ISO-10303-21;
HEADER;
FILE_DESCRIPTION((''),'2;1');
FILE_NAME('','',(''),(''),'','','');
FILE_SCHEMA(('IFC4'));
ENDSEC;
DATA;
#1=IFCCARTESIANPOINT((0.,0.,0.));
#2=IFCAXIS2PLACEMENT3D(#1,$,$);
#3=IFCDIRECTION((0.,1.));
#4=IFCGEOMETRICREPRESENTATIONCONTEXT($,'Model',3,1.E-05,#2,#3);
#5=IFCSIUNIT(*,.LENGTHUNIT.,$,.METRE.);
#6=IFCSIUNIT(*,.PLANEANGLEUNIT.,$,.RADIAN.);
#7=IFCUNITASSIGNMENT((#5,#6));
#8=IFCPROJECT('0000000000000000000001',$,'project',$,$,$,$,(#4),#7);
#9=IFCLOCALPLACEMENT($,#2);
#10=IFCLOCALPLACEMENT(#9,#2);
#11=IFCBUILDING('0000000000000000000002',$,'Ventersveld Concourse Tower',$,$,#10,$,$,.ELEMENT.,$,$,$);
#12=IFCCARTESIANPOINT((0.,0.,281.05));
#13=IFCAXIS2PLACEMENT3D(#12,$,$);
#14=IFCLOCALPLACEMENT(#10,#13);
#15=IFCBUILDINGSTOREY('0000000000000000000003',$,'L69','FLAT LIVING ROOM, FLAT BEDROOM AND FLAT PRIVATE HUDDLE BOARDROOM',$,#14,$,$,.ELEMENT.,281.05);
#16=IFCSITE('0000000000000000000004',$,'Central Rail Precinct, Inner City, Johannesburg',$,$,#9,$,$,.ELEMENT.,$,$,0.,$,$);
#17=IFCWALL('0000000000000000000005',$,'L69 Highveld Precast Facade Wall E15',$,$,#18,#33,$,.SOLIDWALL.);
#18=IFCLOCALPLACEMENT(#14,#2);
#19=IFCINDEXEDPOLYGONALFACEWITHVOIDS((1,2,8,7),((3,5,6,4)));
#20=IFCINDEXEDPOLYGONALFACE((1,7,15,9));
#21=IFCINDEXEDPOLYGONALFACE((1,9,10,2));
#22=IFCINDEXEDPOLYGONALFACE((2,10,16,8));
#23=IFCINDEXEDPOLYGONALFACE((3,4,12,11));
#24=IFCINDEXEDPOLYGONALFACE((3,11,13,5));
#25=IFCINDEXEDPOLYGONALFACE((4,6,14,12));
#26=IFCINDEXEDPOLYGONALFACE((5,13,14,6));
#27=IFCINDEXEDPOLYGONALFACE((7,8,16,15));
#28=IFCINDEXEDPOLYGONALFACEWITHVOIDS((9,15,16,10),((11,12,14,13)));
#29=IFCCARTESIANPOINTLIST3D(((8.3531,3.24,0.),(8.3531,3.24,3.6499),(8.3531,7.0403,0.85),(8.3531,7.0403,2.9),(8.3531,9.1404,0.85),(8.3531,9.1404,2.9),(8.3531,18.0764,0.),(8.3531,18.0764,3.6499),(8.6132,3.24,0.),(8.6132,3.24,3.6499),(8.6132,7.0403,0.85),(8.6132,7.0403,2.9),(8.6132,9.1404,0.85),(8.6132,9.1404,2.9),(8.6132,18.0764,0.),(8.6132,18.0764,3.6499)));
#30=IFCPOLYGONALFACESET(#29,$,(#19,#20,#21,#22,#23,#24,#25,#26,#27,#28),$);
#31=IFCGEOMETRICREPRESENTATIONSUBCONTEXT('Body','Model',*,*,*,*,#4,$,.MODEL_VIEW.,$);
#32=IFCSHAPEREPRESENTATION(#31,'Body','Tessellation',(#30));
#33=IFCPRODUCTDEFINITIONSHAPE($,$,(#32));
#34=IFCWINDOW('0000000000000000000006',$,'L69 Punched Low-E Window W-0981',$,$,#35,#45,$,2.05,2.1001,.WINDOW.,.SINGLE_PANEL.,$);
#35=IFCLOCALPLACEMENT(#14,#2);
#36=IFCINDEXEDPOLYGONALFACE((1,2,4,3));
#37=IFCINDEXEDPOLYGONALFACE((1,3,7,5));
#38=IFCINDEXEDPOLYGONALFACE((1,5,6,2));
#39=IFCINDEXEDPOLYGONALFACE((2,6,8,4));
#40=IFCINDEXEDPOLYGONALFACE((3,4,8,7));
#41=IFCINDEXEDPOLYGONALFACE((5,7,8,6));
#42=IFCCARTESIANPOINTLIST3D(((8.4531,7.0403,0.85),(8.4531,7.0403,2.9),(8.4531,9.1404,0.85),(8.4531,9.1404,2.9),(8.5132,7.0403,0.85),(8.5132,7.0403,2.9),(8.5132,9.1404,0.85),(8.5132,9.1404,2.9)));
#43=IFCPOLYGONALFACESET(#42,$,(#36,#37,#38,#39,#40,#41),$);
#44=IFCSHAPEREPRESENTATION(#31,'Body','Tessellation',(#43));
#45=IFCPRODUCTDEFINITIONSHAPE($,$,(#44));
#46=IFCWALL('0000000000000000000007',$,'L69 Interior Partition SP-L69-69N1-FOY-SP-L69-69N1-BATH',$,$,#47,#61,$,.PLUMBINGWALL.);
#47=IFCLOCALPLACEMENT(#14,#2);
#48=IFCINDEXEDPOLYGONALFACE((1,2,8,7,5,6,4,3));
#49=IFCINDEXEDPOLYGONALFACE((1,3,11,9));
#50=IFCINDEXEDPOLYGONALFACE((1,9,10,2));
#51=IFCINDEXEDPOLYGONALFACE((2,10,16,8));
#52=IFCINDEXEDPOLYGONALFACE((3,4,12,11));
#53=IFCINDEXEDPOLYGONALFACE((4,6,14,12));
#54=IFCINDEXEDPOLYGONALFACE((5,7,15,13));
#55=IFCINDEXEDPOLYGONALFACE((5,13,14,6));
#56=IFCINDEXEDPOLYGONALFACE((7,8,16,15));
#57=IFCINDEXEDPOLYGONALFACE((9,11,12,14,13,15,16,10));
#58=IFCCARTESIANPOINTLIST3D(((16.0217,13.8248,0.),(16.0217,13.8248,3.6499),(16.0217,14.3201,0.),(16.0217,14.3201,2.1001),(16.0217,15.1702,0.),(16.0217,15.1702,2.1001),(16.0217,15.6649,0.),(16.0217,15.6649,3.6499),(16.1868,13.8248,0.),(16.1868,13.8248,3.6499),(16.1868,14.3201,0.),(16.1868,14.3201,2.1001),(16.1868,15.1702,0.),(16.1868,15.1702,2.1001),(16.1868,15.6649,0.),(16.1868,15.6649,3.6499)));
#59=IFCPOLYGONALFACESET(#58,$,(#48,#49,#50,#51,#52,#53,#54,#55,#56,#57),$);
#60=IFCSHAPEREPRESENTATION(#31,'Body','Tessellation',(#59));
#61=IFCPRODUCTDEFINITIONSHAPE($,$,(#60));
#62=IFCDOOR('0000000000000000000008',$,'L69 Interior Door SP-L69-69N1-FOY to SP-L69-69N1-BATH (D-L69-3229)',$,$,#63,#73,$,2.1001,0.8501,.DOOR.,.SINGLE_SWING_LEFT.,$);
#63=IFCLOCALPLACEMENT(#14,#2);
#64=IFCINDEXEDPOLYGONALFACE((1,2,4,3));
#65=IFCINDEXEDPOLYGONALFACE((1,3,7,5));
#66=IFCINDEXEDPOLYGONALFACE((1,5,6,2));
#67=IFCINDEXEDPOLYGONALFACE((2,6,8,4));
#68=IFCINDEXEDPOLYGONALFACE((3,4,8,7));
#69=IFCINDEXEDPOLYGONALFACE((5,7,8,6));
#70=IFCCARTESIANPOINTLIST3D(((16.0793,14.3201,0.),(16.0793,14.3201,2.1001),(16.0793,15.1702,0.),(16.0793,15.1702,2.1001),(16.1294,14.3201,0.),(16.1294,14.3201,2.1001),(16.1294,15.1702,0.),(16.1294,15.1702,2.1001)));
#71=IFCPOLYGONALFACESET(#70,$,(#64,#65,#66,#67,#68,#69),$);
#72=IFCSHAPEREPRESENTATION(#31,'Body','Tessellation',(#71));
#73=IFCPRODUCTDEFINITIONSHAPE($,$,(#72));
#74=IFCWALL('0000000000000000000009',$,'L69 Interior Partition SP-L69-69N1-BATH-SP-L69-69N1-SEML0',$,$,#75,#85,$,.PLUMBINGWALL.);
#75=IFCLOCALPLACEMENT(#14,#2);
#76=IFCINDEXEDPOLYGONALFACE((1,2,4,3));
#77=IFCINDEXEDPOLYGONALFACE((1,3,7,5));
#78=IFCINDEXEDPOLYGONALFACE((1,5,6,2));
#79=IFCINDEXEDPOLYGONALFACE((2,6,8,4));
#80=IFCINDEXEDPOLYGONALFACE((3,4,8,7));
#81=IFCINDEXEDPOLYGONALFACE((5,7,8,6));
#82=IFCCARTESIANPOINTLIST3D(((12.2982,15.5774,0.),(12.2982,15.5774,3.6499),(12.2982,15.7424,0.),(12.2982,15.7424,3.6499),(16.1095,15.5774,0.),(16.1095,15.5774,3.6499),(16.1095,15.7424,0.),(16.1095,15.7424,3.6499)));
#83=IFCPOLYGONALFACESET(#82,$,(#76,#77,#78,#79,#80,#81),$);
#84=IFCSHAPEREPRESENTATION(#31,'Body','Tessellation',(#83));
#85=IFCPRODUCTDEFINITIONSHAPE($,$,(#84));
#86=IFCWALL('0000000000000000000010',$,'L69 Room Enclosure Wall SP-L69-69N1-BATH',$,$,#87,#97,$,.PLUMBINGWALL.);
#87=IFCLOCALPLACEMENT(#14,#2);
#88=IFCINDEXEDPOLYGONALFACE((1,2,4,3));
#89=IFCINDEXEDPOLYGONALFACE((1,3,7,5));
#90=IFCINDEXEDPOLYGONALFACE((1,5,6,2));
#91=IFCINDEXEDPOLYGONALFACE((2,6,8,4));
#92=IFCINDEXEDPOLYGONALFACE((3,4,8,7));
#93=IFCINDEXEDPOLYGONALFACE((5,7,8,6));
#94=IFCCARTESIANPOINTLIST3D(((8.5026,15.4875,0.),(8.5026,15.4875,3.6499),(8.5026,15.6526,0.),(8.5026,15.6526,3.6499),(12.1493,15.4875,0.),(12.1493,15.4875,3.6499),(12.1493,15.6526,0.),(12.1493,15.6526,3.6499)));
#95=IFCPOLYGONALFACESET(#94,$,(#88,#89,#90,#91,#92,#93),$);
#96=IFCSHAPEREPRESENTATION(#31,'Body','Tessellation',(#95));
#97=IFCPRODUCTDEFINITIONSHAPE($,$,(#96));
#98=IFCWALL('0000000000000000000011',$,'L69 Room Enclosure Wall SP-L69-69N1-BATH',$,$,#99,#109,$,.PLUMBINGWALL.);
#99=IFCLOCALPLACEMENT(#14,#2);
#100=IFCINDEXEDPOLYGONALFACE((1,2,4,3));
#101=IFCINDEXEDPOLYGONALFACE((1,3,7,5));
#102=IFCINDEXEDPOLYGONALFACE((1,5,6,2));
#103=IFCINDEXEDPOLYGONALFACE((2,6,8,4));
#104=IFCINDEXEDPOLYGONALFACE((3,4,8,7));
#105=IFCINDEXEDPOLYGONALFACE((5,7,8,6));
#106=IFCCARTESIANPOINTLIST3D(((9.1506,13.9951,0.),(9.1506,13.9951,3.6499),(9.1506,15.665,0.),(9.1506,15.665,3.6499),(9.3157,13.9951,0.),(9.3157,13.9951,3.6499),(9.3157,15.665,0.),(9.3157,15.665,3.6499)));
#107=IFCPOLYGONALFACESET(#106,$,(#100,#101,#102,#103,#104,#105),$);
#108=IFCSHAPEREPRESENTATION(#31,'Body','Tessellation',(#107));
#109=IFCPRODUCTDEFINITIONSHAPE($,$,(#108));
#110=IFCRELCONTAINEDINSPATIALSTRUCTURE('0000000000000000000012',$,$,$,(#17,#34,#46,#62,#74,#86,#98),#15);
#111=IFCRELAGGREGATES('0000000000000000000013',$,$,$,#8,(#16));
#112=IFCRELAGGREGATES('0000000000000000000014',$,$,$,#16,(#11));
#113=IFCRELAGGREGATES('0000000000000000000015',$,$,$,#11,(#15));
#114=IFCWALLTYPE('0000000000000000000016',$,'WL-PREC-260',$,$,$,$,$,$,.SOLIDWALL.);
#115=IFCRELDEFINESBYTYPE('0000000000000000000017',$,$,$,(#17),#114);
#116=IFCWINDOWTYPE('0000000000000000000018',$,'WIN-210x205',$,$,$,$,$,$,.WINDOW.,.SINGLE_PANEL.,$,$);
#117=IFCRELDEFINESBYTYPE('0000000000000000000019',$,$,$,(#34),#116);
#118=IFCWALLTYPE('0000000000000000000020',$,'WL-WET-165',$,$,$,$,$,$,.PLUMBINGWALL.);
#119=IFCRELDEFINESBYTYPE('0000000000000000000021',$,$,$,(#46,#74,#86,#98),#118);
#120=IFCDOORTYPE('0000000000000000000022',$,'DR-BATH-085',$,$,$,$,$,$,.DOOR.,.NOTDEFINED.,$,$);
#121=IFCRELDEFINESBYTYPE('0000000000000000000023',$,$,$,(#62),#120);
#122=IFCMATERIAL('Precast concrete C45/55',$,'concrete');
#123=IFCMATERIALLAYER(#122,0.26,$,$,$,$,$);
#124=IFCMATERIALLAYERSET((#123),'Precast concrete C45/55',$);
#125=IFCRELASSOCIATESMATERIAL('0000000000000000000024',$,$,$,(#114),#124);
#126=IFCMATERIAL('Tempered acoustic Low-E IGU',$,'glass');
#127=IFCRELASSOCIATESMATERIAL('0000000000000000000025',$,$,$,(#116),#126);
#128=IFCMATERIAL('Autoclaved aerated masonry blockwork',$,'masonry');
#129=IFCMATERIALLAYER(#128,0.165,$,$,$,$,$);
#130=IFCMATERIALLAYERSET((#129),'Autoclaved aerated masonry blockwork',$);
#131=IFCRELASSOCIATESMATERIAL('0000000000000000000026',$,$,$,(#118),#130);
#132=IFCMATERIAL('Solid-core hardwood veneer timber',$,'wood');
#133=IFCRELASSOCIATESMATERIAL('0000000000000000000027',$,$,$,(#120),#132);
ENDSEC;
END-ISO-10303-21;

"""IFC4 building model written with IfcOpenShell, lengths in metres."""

from ifc_helpers import new_model, si_unit, direction, frame, frame_2d, origin, place, context, subcontext, project, spatial, rectangle, extrude, material, layer, layer_set, type_object, element, fill, save


model = new_model("IFC4")

# Units and contexts
model_context = context("Model", 3, precision=1e-05, world=origin(), true_north=direction((0.0, 1.0)))
body_context = subcontext(model_context, "Body", "Model", "MODEL_VIEW")
ifc_project = project(units=[si_unit("LENGTHUNIT", "METRE"), si_unit("PLANEANGLEUNIT", "RADIAN")], contexts=[model_context])

# Site, building, storey
site_placement = place(None, origin())
site = spatial("IfcSite", under=ifc_project, at=site_placement, Name="Central Rail Precinct, Inner City, Johannesburg", CompositionType="ELEMENT", RefElevation=0.0)
building_placement = place(site_placement, origin())
building = spatial("IfcBuilding", under=site, at=building_placement, Name="Ventersveld Concourse Tower", CompositionType="ELEMENT")
storey_placement = place(building_placement, frame((0.0, 0.0, 281.05)))
storey = spatial("IfcBuildingStorey", under=building, at=storey_placement, Name="L69", Description="FLAT LIVING ROOM, FLAT BEDROOM AND FLAT PRIVATE HUDDLE BOARDROOM", CompositionType="ELEMENT", Elevation=281.05)

# Shared definitions
ifc_material_1 = material(Name="Solid-core hardwood veneer timber", Category="wood")

# Shared definitions
ifc_material_2 = material(Name="Autoclaved aerated masonry blockwork", Category="masonry")

# Shared definitions
ifc_material_3 = material(Name="Precast concrete C45/55", Category="concrete")
ifc_layer_1 = layer(ifc_material_3, 0.26)
ifc_layer_set_1 = layer_set([ifc_layer_1], Name="Precast concrete C45/55")
wall_type_1 = type_object("IfcWallType", Name="WL-PREC-260", PredefinedType="SOLIDWALL", material=ifc_layer_set_1)

# Wall, opening, window
wall_1_placement = place(storey_placement, frame((8.4832, 18.0764, 0.0), z_axis=(0.0, 0.0, 1.0), x_axis=(0.0, -1.0, 0.0)))
wall_1 = element("IfcWall", 1, at=wall_1_placement, inside=storey, type_object=wall_type_1, Name="L69 Highveld Precast Facade Wall E15", PredefinedType="SOLIDWALL", context=body_context, shape_type="SweptSolid", body=[
    extrude(rectangle(XDim=14.8364, YDim=0.26, at=frame_2d((7.4182, 0.0))), origin(), (0.0, 0.0, 1.0), 3.6499),
])
opening_1_placement = place(wall_1_placement, frame((8.936, 0.0, 0.8501)))
opening_1 = element("IfcOpeningElement", 2, at=opening_1_placement, cuts=wall_1, PredefinedType="OPENING", context=body_context, shape_type="SweptSolid", body=[
    extrude(rectangle(XDim=2.1001, YDim=2.05, at=frame_2d((1.05, 1.0249))), frame((0.0, 0.1401, 0.0), z_axis=(0.0, -1.0, 0.0), x_axis=(1.0, 0.0, 0.0)), (0.0, 0.0, 1.0), 0.28),
])
ifc_material_4 = material(Name="Tempered acoustic Low-E IGU", Category="glass")
window_type = type_object("IfcWindowType", Name="WIN-210x205", PartitioningType="SINGLE_PANEL", PredefinedType="WINDOW", material=ifc_material_4)
window_placement = place(opening_1_placement, origin())
window = element("IfcWindow", 3, at=window_placement, inside=storey, type_object=window_type, Name="L69 Punched Low-E Window W-0981", OverallHeight=2.05, OverallWidth=2.1001, PartitioningType="SINGLE_PANEL", PredefinedType="WINDOW", context=body_context, shape_type="SweptSolid", body=[
    extrude(rectangle(XDim=2.1001, YDim=2.05, at=frame_2d((1.05, 1.0249))), frame((0.0, 0.03, 0.0), z_axis=(0.0, -1.0, 0.0), x_axis=(1.0, 0.0, 0.0)), (0.0, 0.0, 1.0), 0.0601),
])
fill(opening_1, window)

# Wall, opening, door
ifc_layer_2 = layer(ifc_material_2, 0.165)
ifc_layer_set_2 = layer_set([ifc_layer_2], Name="Autoclaved aerated masonry blockwork")
wall_type_2 = type_object("IfcWallType", Name="WL-WET-165", PredefinedType="PLUMBINGWALL", material=ifc_layer_set_2)
wall_2_placement = place(storey_placement, frame((16.1042, 13.825, 0.0), z_axis=(0.0, 0.0, 1.0), x_axis=(0.0, 1.0, 0.0)))
wall_2 = element("IfcWall", 4, at=wall_2_placement, inside=storey, type_object=wall_type_2, Name="L69 Interior Partition SP-L69-69N1-FOY-SP-L69-69N1-BATH", PredefinedType="PLUMBINGWALL", context=body_context, shape_type="SweptSolid", body=[
    extrude(rectangle(XDim=1.8401, YDim=0.165, at=frame_2d((0.9199, 0.0))), origin(), (0.0, 0.0, 1.0), 3.6499),
])
opening_2_placement = place(wall_2_placement, frame((0.4951, 0.0, 0.0)))
opening_2 = element("IfcOpeningElement", 5, at=opening_2_placement, cuts=wall_2, PredefinedType="OPENING", context=body_context, shape_type="SweptSolid", body=[
    extrude(rectangle(XDim=0.8501, YDim=2.1001, at=frame_2d((0.425, 1.05))), frame((0.0, 0.0925, 0.0), z_axis=(0.0, -1.0, 0.0), x_axis=(1.0, 0.0, 0.0)), (0.0, 0.0, 1.0), 0.1851),
])
door_type_1 = type_object("IfcDoorType", Name="DR-BATH-085", OperationType="NOTDEFINED", PredefinedType="DOOR", material=ifc_material_1)
door_1_placement = place(opening_2_placement, origin())
door_1 = element("IfcDoor", 6, at=door_1_placement, inside=storey, type_object=door_type_1, Name="L69 Interior Door SP-L69-69N1-FOY to SP-L69-69N1-BATH (D-L69-3229)", OperationType="SINGLE_SWING_LEFT", OverallHeight=2.1001, OverallWidth=0.8501, PredefinedType="DOOR", context=body_context, shape_type="SweptSolid", body=[
    extrude(rectangle(XDim=0.8501, YDim=2.1001, at=frame_2d((0.425, 1.05))), frame((0.0, 0.0249, 0.0), z_axis=(0.0, -1.0, 0.0), x_axis=(1.0, 0.0, 0.0)), (0.0, 0.0, 1.0), 0.05),
])
fill(opening_2, door_1)

# Walls
wall_3_placement = place(storey_placement, frame((12.2981, 15.6599, 0.0), z_axis=(0.0, 0.0, 1.0), x_axis=(1.0, 0.0, 0.0)))
element("IfcWall", 7, at=wall_3_placement, inside=storey, type_object=wall_type_2, Name="L69 Interior Partition SP-L69-69N1-BATH-SP-L69-69N1-SEML0", PredefinedType="PLUMBINGWALL", context=body_context, shape_type="SweptSolid", body=[
    extrude(rectangle(XDim=3.8113, YDim=0.165, at=frame_2d((1.9058, 0.0))), origin(), (0.0, 0.0, 1.0), 3.6499),
])
wall_4_placement = place(storey_placement, frame((8.5027, 15.5701, 0.0), z_axis=(0.0, 0.0, 1.0), x_axis=(1.0, 0.0, 0.0)))
element("IfcWall", 8, at=wall_4_placement, inside=storey, type_object=wall_type_2, Name="L69 Room Enclosure Wall SP-L69-69N1-BATH", PredefinedType="PLUMBINGWALL", context=body_context, shape_type="SweptSolid", body=[
    extrude(rectangle(XDim=3.6467, YDim=0.165, at=frame_2d((1.8232, 0.0))), origin(), (0.0, 0.0, 1.0), 3.6499),
])
wall_5_placement = place(storey_placement, frame((9.2332, 13.9951, 0.0), z_axis=(0.0, 0.0, 1.0), x_axis=(0.0, 1.0, 0.0)))
element("IfcWall", 9, at=wall_5_placement, inside=storey, type_object=wall_type_2, Name="L69 Room Enclosure Wall SP-L69-69N1-BATH", PredefinedType="PLUMBINGWALL", context=body_context, shape_type="SweptSolid", body=[
    extrude(rectangle(XDim=1.6699, YDim=0.165, at=frame_2d((0.835, 0.0))), origin(), (0.0, 0.0, 1.0), 3.6499),
])

save(model, "model.ifc")
